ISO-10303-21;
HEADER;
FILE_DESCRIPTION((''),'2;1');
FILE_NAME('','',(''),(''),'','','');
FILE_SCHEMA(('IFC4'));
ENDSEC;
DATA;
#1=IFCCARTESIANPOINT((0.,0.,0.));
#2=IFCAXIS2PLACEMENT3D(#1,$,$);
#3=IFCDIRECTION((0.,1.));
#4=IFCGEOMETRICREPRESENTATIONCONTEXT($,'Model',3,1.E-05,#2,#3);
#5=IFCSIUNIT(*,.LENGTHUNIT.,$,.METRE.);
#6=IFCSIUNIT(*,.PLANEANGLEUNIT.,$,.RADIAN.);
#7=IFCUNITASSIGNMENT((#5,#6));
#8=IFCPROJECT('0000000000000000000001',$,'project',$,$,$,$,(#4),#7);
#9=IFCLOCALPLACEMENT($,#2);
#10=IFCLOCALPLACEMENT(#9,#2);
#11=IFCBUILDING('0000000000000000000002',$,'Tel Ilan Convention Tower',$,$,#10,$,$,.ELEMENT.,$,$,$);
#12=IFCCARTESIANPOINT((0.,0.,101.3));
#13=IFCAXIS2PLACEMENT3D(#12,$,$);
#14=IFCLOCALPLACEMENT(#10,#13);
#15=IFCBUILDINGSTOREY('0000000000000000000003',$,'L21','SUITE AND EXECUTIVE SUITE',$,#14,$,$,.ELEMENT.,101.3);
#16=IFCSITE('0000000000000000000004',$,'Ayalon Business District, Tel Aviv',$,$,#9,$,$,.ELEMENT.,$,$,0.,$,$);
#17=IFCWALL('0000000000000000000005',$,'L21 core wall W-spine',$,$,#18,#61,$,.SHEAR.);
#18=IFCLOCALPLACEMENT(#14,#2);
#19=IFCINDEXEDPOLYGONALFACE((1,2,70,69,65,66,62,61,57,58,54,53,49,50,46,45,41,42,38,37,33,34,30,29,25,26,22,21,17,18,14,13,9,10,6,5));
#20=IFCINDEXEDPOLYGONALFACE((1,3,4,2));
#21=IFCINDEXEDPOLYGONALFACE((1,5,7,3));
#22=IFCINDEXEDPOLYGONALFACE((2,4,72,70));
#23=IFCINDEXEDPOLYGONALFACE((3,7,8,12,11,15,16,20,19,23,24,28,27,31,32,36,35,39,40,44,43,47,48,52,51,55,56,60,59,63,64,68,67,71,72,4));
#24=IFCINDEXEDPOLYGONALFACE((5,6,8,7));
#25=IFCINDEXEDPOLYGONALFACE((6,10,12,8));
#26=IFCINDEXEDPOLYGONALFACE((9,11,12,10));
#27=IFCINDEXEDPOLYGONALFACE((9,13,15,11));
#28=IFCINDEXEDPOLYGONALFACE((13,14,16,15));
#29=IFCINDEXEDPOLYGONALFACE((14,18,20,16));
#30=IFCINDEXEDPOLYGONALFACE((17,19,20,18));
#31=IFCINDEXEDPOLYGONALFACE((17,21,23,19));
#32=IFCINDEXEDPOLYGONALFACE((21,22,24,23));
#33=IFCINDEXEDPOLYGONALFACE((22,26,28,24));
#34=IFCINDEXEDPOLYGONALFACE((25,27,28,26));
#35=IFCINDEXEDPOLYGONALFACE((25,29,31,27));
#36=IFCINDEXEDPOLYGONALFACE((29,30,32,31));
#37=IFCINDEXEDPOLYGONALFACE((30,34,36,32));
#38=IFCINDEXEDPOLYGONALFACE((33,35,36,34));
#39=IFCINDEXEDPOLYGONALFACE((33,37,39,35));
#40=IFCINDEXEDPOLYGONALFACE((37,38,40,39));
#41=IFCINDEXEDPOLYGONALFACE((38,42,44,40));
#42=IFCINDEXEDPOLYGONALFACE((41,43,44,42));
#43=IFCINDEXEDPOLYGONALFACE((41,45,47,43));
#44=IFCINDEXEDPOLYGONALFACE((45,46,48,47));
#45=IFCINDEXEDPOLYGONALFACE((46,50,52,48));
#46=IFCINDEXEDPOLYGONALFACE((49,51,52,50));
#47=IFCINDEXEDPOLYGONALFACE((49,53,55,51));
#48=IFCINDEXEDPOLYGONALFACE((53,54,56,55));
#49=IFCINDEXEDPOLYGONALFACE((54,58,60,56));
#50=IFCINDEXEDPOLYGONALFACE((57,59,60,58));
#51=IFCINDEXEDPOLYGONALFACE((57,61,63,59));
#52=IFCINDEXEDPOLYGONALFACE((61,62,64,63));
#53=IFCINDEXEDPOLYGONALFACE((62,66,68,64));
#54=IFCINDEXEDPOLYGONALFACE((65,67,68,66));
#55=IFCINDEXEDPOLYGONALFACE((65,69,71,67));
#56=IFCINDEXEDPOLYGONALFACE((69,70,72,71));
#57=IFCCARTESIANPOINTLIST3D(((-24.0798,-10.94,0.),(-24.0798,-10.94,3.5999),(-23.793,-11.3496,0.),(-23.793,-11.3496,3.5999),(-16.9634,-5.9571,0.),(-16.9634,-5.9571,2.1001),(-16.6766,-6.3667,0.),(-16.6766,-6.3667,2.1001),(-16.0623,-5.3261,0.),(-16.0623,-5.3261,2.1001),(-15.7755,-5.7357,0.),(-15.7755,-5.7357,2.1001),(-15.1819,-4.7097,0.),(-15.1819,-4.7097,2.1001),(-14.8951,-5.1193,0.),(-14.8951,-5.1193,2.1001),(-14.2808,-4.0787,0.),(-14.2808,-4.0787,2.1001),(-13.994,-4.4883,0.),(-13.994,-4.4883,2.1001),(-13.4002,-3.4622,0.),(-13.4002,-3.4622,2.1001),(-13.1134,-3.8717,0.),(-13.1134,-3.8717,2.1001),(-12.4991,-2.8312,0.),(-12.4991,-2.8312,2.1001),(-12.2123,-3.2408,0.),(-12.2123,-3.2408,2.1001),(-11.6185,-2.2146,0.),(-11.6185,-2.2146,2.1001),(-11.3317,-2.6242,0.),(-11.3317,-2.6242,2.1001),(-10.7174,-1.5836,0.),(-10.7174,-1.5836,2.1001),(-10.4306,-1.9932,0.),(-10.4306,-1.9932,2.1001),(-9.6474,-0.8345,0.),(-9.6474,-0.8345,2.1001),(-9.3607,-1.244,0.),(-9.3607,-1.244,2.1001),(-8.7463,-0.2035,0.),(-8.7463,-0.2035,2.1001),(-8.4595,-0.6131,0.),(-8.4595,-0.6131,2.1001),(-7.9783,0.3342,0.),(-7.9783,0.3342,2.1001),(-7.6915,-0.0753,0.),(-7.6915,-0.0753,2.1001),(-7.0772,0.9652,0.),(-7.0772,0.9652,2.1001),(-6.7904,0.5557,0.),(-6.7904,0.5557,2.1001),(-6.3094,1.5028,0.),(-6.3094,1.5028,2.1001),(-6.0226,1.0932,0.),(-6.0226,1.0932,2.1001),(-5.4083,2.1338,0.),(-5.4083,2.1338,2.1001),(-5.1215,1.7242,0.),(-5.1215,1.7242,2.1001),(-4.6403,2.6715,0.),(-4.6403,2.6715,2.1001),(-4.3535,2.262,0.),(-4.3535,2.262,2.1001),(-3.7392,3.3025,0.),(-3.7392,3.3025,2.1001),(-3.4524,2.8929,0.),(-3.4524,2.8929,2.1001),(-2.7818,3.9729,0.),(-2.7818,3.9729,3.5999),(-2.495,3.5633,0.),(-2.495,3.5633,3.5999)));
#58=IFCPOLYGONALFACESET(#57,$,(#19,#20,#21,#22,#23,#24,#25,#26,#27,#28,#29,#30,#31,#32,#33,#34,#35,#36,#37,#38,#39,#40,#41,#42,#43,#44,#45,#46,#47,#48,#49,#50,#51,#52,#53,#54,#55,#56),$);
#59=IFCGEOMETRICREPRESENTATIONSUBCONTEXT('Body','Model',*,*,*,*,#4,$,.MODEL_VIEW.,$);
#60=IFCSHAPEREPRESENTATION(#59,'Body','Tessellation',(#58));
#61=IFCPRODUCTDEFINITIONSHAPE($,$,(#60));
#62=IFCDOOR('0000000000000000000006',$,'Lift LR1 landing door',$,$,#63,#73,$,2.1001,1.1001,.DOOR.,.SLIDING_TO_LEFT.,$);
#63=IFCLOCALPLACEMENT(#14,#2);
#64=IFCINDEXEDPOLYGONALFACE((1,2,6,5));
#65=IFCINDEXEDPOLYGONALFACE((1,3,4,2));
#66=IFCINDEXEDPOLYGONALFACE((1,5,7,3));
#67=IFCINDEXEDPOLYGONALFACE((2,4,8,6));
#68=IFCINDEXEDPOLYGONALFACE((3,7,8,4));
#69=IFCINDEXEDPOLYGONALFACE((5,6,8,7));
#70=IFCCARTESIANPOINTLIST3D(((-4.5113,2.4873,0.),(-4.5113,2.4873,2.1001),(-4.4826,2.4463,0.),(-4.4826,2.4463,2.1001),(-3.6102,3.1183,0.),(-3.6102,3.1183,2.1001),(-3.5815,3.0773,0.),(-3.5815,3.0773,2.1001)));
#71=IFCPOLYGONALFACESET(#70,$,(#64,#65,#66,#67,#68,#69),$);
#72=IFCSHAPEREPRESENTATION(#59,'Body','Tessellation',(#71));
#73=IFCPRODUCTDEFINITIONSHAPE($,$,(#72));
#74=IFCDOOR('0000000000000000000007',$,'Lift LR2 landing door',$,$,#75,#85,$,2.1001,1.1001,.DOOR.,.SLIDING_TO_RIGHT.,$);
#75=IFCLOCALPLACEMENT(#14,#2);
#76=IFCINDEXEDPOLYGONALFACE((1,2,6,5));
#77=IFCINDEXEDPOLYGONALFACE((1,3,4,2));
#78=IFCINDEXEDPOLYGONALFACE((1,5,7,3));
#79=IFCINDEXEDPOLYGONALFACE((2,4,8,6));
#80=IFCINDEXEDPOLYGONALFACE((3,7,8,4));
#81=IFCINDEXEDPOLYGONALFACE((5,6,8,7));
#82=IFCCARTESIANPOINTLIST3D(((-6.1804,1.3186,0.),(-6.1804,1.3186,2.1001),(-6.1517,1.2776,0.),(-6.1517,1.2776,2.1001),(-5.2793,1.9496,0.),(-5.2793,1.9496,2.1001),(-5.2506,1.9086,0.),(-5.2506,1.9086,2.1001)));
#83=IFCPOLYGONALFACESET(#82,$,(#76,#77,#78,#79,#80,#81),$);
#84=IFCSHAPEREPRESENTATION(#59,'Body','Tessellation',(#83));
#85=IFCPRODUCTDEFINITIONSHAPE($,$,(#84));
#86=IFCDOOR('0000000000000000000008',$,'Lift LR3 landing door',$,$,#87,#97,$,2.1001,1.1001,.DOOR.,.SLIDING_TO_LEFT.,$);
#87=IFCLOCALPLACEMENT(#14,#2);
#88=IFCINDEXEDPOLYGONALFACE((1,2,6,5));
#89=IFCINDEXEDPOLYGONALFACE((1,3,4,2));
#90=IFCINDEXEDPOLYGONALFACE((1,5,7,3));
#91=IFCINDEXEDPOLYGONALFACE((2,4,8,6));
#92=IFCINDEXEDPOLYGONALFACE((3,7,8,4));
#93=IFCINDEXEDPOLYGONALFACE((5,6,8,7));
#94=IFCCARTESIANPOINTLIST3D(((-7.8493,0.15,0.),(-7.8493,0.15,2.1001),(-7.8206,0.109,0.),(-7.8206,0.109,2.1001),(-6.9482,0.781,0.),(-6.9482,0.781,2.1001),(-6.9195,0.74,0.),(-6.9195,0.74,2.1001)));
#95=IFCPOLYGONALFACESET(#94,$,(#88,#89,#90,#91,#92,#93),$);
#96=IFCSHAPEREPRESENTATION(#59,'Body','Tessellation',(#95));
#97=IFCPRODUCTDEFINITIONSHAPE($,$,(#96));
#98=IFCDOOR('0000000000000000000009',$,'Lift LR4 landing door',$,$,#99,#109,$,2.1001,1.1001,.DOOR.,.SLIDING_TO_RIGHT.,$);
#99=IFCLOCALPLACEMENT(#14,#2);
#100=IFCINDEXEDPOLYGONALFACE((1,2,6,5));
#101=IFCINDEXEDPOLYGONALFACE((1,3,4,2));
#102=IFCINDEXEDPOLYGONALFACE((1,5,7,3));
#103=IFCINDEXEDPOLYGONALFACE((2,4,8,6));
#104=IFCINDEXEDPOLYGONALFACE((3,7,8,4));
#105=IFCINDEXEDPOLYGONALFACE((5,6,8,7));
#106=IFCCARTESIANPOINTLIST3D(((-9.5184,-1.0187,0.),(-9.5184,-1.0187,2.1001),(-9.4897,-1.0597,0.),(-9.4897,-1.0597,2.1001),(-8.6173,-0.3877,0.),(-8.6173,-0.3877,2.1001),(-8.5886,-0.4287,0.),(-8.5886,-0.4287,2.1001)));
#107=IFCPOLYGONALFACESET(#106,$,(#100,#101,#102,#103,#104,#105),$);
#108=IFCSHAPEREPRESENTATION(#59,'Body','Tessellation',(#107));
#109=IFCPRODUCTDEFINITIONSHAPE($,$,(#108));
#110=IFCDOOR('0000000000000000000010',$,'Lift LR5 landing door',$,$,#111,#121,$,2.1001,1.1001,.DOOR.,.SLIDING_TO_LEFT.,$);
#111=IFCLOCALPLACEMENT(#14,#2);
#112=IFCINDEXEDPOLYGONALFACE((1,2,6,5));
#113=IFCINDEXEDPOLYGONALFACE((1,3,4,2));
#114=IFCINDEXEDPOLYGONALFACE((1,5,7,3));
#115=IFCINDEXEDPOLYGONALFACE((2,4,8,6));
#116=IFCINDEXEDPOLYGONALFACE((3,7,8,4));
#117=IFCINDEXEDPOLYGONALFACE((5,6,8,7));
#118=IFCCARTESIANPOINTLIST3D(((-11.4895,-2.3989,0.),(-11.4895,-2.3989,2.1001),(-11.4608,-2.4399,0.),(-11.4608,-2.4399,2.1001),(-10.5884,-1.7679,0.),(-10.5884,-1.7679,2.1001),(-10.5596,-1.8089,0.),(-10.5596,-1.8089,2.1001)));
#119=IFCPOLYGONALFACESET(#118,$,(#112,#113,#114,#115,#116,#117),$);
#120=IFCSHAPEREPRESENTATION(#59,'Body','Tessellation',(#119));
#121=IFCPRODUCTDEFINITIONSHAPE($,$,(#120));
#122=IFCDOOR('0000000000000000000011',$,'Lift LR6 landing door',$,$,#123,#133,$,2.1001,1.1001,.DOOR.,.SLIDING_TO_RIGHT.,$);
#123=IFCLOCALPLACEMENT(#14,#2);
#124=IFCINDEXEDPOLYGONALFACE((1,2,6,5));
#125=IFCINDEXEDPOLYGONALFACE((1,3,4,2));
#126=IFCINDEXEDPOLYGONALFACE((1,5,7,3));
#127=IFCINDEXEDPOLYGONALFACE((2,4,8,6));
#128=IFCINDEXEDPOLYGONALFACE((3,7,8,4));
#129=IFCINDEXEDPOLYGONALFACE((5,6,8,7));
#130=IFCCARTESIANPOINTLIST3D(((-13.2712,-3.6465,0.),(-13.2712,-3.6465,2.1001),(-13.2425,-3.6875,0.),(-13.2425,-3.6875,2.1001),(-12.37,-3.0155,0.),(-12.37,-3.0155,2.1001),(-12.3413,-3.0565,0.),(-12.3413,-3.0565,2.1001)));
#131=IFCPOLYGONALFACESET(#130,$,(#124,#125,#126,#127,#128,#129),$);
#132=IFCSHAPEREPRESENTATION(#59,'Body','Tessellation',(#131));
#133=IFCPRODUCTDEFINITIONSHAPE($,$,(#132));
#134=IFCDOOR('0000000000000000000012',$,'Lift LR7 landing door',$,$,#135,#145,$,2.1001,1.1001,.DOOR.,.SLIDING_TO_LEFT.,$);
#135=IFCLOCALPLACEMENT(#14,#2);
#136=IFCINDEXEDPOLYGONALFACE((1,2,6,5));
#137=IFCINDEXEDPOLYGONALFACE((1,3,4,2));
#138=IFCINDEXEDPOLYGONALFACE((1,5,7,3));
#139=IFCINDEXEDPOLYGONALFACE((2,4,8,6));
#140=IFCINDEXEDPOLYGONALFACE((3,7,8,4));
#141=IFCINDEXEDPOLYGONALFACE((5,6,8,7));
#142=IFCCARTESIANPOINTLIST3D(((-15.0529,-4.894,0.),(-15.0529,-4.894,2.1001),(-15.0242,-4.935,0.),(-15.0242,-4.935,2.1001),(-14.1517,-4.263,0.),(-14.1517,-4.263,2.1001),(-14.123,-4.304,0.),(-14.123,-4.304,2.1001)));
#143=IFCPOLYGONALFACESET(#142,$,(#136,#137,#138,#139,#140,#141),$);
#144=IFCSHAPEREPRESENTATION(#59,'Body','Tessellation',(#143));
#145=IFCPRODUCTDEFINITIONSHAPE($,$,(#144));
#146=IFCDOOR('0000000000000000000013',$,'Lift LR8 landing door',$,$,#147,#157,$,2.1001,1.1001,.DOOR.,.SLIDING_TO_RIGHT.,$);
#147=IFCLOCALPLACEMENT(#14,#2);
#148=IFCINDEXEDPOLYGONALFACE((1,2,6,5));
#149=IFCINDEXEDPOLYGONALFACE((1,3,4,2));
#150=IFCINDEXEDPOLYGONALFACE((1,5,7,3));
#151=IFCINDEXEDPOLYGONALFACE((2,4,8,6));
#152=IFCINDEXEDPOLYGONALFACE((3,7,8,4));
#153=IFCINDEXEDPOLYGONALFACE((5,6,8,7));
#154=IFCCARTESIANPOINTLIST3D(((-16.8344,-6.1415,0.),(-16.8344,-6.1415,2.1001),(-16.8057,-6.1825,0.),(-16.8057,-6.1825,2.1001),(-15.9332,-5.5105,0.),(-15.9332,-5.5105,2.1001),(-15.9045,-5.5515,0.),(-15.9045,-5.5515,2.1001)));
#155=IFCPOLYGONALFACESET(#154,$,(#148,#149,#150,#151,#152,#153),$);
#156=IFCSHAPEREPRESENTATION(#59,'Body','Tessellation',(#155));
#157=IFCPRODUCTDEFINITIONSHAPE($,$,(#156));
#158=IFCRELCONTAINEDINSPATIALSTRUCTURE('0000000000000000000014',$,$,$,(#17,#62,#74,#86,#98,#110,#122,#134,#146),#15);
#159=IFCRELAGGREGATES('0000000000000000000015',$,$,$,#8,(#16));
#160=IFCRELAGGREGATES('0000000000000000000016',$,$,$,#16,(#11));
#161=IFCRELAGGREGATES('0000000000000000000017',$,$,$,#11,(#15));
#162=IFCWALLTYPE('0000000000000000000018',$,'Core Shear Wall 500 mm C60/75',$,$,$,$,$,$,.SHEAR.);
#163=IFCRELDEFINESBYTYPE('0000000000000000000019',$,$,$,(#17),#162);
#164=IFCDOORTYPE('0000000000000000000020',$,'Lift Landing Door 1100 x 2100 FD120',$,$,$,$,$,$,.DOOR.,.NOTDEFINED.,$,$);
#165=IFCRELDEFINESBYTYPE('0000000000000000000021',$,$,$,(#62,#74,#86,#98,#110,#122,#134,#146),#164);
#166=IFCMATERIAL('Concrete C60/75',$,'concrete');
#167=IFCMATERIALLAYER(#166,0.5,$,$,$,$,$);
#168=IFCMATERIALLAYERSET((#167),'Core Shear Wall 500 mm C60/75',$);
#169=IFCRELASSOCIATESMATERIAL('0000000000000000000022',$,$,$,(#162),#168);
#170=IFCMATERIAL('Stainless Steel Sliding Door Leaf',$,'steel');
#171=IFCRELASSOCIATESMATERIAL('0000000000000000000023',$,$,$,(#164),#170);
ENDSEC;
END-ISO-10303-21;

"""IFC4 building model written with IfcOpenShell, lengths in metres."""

from ifc_helpers import new_model, si_unit, direction, frame, frame_2d, origin, place, context, subcontext, project, spatial, polyline, rectangle, outline, extrude, material, layer, layer_set, type_object, element, fill, save


model = new_model("IFC4")

# Units and contexts
model_context = context("Model", 3, precision=1e-05, world=origin(), true_north=direction((0.0, 1.0)))
body_context = subcontext(model_context, "Body", "Model", "MODEL_VIEW")
ifc_project = project(units=[si_unit("LENGTHUNIT", "METRE"), si_unit("PLANEANGLEUNIT", "RADIAN")], contexts=[model_context])

# Site, building, storey
site_placement = place(None, origin())
site = spatial("IfcSite", under=ifc_project, at=site_placement, Name="Ayalon Business District, Tel Aviv", CompositionType="ELEMENT", RefElevation=0.0)
building_placement = place(site_placement, origin())
building = spatial("IfcBuilding", under=site, at=building_placement, Name="Tel Ilan Convention Tower", CompositionType="ELEMENT")
storey_placement = place(building_placement, frame((0.0, 0.0, 101.3)))
storey = spatial("IfcBuildingStorey", under=building, at=storey_placement, Name="L21", Description="SUITE AND EXECUTIVE SUITE", CompositionType="ELEMENT", Elevation=101.3)

# Wall, openings, doors
ifc_material_1 = material(Name="Concrete C60/75", Category="concrete")
ifc_layer_1 = layer(ifc_material_1, 0.5)
ifc_layer_set_1 = layer_set([ifc_layer_1], Name="Core Shear Wall 500 mm C60/75")
wall_type_1 = type_object("IfcWallType", Name="Core Shear Wall 500 mm C60/75", PredefinedType="SHEAR", material=ifc_layer_set_1)
wall_1_placement = place(storey_placement, frame((-2.6384, 3.7681, 0.0), z_axis=(0.0, 0.0, 1.0), x_axis=(-0.819149, -0.573581, 0.0)))
wall_1 = element("IfcWall", 1, at=wall_1_placement, inside=storey, type_object=wall_type_1, Name="L21 core wall W-spine", PredefinedType="SHEAR", context=body_context, shape_type="SweptSolid", body=[
    extrude(outline(polyline([(26.0, 0.2498), (0.0, 0.25), (0.0, -0.25), (26.0, -0.2502), (26.0, 0.2498)])), origin(), (0.0, 0.0, 1.0), 3.5999),
])
opening_1_placement = place(wall_1_placement, frame((1.1687, 0.0, 0.0)))
opening_1 = element("IfcOpeningElement", 2, at=opening_1_placement, cuts=wall_1, PredefinedType="OPENING", context=body_context, shape_type="SweptSolid", body=[
    extrude(rectangle(XDim=1.1001, YDim=2.1001, at=frame_2d((0.55, 1.05))), frame((0.0, 0.26, 0.0), z_axis=(0.0, -1.0, 0.0), x_axis=(1.0, 0.0, 0.0)), (0.0, 0.0, 1.0), 0.52),
])
opening_2_placement = place(wall_1_placement, frame((3.2063, 0.0, 0.0)))
opening_2 = element("IfcOpeningElement", 3, at=opening_2_placement, cuts=wall_1, PredefinedType="OPENING", context=body_context, shape_type="SweptSolid", body=[
    extrude(rectangle(XDim=1.1001, YDim=2.1001, at=frame_2d((0.55, 1.05))), frame((0.0, 0.26, 0.0), z_axis=(0.0, -1.0, 0.0), x_axis=(1.0, 0.0, 0.0)), (0.0, 0.0, 1.0), 0.52),
])
opening_3_placement = place(wall_1_placement, frame((5.2437, 0.0, 0.0)))
opening_3 = element("IfcOpeningElement", 4, at=opening_3_placement, cuts=wall_1, PredefinedType="OPENING", context=body_context, shape_type="SweptSolid", body=[
    extrude(rectangle(XDim=1.1001, YDim=2.1001, at=frame_2d((0.55, 1.05))), frame((0.0, 0.26, 0.0), z_axis=(0.0, -1.0, 0.0), x_axis=(1.0, 0.0, 0.0)), (0.0, 0.0, 1.0), 0.52),
])
opening_4_placement = place(wall_1_placement, frame((7.2812, 0.0, 0.0)))
opening_4 = element("IfcOpeningElement", 5, at=opening_4_placement, cuts=wall_1, PredefinedType="OPENING", context=body_context, shape_type="SweptSolid", body=[
    extrude(rectangle(XDim=1.1001, YDim=2.1001, at=frame_2d((0.55, 1.05))), frame((0.0, 0.26, 0.0), z_axis=(0.0, -1.0, 0.0), x_axis=(1.0, 0.0, 0.0)), (0.0, 0.0, 1.0), 0.52),
])
opening_5_placement = place(wall_1_placement, frame((9.6875, 0.0, 0.0)))
opening_5 = element("IfcOpeningElement", 6, at=opening_5_placement, cuts=wall_1, PredefinedType="OPENING", context=body_context, shape_type="SweptSolid", body=[
    extrude(rectangle(XDim=1.1001, YDim=2.1001, at=frame_2d((0.55, 1.05))), frame((0.0, 0.26, 0.0), z_axis=(0.0, -1.0, 0.0), x_axis=(1.0, 0.0, 0.0)), (0.0, 0.0, 1.0), 0.52),
])
opening_6_placement = place(wall_1_placement, frame((11.8625, 0.0, 0.0)))
opening_6 = element("IfcOpeningElement", 7, at=opening_6_placement, cuts=wall_1, PredefinedType="OPENING", context=body_context, shape_type="SweptSolid", body=[
    extrude(rectangle(XDim=1.1001, YDim=2.1001, at=frame_2d((0.55, 1.05))), frame((0.0, 0.26, 0.0), z_axis=(0.0, -1.0, 0.0), x_axis=(1.0, 0.0, 0.0)), (0.0, 0.0, 1.0), 0.52),
])
opening_7_placement = place(wall_1_placement, frame((14.0376, 0.0, 0.0)))
opening_7 = element("IfcOpeningElement", 8, at=opening_7_placement, cuts=wall_1, PredefinedType="OPENING", context=body_context, shape_type="SweptSolid", body=[
    extrude(rectangle(XDim=1.1001, YDim=2.1001, at=frame_2d((0.55, 1.05))), frame((0.0, 0.26, 0.0), z_axis=(0.0, -1.0, 0.0), x_axis=(1.0, 0.0, 0.0)), (0.0, 0.0, 1.0), 0.52),
])
opening_8_placement = place(wall_1_placement, frame((16.2124, 0.0, 0.0)))
opening_8 = element("IfcOpeningElement", 9, at=opening_8_placement, cuts=wall_1, PredefinedType="OPENING", context=body_context, shape_type="SweptSolid", body=[
    extrude(rectangle(XDim=1.1001, YDim=2.1001, at=frame_2d((0.55, 1.05))), frame((0.0, 0.26, 0.0), z_axis=(0.0, -1.0, 0.0), x_axis=(1.0, 0.0, 0.0)), (0.0, 0.0, 1.0), 0.52),
])
ifc_material_2 = material(Name="Stainless Steel Sliding Door Leaf", Category="steel")
door_type_1 = type_object("IfcDoorType", Name="Lift Landing Door 1100 x 2100 FD120", OperationType="NOTDEFINED", PredefinedType="DOOR", material=ifc_material_2)
door_1_placement = place(opening_1_placement, origin())
door_1 = element("IfcDoor", 10, at=door_1_placement, inside=storey, type_object=door_type_1, Name="Lift LR1 landing door", OperationType="SLIDING_TO_LEFT", OverallHeight=2.1001, OverallWidth=1.1001, PredefinedType="DOOR", context=body_context, shape_type="SweptSolid", body=[
    extrude(rectangle(XDim=1.1001, YDim=2.1001, at=frame_2d((0.55, 1.05))), frame((0.0, 0.0249, 0.0), z_axis=(0.0, -1.0, 0.0), x_axis=(1.0, 0.0, 0.0)), (0.0, 0.0, 1.0), 0.05),
])
fill(opening_1, door_1)
door_2_placement = place(opening_2_placement, origin())
door_2 = element("IfcDoor", 11, at=door_2_placement, inside=storey, type_object=door_type_1, Name="Lift LR2 landing door", OperationType="SLIDING_TO_RIGHT", OverallHeight=2.1001, OverallWidth=1.1001, PredefinedType="DOOR", context=body_context, shape_type="SweptSolid", body=[
    extrude(rectangle(XDim=1.1001, YDim=2.1001, at=frame_2d((0.55, 1.05))), frame((0.0, 0.0249, 0.0), z_axis=(0.0, -1.0, 0.0), x_axis=(1.0, 0.0, 0.0)), (0.0, 0.0, 1.0), 0.05),
])
fill(opening_2, door_2)
door_3_placement = place(opening_3_placement, origin())
door_3 = element("IfcDoor", 12, at=door_3_placement, inside=storey, type_object=door_type_1, Name="Lift LR3 landing door", OperationType="SLIDING_TO_LEFT", OverallHeight=2.1001, OverallWidth=1.1001, PredefinedType="DOOR", context=body_context, shape_type="SweptSolid", body=[
    extrude(rectangle(XDim=1.1001, YDim=2.1001, at=frame_2d((0.55, 1.05))), frame((0.0, 0.0249, 0.0), z_axis=(0.0, -1.0, 0.0), x_axis=(1.0, 0.0, 0.0)), (0.0, 0.0, 1.0), 0.05),
])
fill(opening_3, door_3)
door_4_placement = place(opening_4_placement, origin())
door_4 = element("IfcDoor", 13, at=door_4_placement, inside=storey, type_object=door_type_1, Name="Lift LR4 landing door", OperationType="SLIDING_TO_RIGHT", OverallHeight=2.1001, OverallWidth=1.1001, PredefinedType="DOOR", context=body_context, shape_type="SweptSolid", body=[
    extrude(rectangle(XDim=1.1001, YDim=2.1001, at=frame_2d((0.55, 1.05))), frame((0.0, 0.0249, 0.0), z_axis=(0.0, -1.0, 0.0), x_axis=(1.0, 0.0, 0.0)), (0.0, 0.0, 1.0), 0.05),
])
fill(opening_4, door_4)
door_5_placement = place(opening_5_placement, origin())
door_5 = element("IfcDoor", 14, at=door_5_placement, inside=storey, type_object=door_type_1, Name="Lift LR5 landing door", OperationType="SLIDING_TO_LEFT", OverallHeight=2.1001, OverallWidth=1.1001, PredefinedType="DOOR", context=body_context, shape_type="SweptSolid", body=[
    extrude(rectangle(XDim=1.1001, YDim=2.1001, at=frame_2d((0.55, 1.05))), frame((0.0, 0.0249, 0.0), z_axis=(0.0, -1.0, 0.0), x_axis=(1.0, 0.0, 0.0)), (0.0, 0.0, 1.0), 0.05),
])
fill(opening_5, door_5)
door_6_placement = place(opening_6_placement, origin())
door_6 = element("IfcDoor", 15, at=door_6_placement, inside=storey, type_object=door_type_1, Name="Lift LR6 landing door", OperationType="SLIDING_TO_RIGHT", OverallHeight=2.1001, OverallWidth=1.1001, PredefinedType="DOOR", context=body_context, shape_type="SweptSolid", body=[
    extrude(rectangle(XDim=1.1001, YDim=2.1001, at=frame_2d((0.55, 1.05))), frame((0.0, 0.0249, 0.0), z_axis=(0.0, -1.0, 0.0), x_axis=(1.0, 0.0, 0.0)), (0.0, 0.0, 1.0), 0.05),
])
fill(opening_6, door_6)
door_7_placement = place(opening_7_placement, origin())
door_7 = element("IfcDoor", 16, at=door_7_placement, inside=storey, type_object=door_type_1, Name="Lift LR7 landing door", OperationType="SLIDING_TO_LEFT", OverallHeight=2.1001, OverallWidth=1.1001, PredefinedType="DOOR", context=body_context, shape_type="SweptSolid", body=[
    extrude(rectangle(XDim=1.1001, YDim=2.1001, at=frame_2d((0.55, 1.05))), frame((0.0, 0.0249, 0.0), z_axis=(0.0, -1.0, 0.0), x_axis=(1.0, 0.0, 0.0)), (0.0, 0.0, 1.0), 0.05),
])
fill(opening_7, door_7)
door_8_placement = place(opening_8_placement, origin())
door_8 = element("IfcDoor", 17, at=door_8_placement, inside=storey, type_object=door_type_1, Name="Lift LR8 landing door", OperationType="SLIDING_TO_RIGHT", OverallHeight=2.1001, OverallWidth=1.1001, PredefinedType="DOOR", context=body_context, shape_type="SweptSolid", body=[
    extrude(rectangle(XDim=1.1001, YDim=2.1001, at=frame_2d((0.55, 1.05))), frame((0.0, 0.0249, 0.0), z_axis=(0.0, -1.0, 0.0), x_axis=(1.0, 0.0, 0.0)), (0.0, 0.0, 1.0), 0.05),
])
fill(opening_8, door_8)

save(model, "model.ifc")
